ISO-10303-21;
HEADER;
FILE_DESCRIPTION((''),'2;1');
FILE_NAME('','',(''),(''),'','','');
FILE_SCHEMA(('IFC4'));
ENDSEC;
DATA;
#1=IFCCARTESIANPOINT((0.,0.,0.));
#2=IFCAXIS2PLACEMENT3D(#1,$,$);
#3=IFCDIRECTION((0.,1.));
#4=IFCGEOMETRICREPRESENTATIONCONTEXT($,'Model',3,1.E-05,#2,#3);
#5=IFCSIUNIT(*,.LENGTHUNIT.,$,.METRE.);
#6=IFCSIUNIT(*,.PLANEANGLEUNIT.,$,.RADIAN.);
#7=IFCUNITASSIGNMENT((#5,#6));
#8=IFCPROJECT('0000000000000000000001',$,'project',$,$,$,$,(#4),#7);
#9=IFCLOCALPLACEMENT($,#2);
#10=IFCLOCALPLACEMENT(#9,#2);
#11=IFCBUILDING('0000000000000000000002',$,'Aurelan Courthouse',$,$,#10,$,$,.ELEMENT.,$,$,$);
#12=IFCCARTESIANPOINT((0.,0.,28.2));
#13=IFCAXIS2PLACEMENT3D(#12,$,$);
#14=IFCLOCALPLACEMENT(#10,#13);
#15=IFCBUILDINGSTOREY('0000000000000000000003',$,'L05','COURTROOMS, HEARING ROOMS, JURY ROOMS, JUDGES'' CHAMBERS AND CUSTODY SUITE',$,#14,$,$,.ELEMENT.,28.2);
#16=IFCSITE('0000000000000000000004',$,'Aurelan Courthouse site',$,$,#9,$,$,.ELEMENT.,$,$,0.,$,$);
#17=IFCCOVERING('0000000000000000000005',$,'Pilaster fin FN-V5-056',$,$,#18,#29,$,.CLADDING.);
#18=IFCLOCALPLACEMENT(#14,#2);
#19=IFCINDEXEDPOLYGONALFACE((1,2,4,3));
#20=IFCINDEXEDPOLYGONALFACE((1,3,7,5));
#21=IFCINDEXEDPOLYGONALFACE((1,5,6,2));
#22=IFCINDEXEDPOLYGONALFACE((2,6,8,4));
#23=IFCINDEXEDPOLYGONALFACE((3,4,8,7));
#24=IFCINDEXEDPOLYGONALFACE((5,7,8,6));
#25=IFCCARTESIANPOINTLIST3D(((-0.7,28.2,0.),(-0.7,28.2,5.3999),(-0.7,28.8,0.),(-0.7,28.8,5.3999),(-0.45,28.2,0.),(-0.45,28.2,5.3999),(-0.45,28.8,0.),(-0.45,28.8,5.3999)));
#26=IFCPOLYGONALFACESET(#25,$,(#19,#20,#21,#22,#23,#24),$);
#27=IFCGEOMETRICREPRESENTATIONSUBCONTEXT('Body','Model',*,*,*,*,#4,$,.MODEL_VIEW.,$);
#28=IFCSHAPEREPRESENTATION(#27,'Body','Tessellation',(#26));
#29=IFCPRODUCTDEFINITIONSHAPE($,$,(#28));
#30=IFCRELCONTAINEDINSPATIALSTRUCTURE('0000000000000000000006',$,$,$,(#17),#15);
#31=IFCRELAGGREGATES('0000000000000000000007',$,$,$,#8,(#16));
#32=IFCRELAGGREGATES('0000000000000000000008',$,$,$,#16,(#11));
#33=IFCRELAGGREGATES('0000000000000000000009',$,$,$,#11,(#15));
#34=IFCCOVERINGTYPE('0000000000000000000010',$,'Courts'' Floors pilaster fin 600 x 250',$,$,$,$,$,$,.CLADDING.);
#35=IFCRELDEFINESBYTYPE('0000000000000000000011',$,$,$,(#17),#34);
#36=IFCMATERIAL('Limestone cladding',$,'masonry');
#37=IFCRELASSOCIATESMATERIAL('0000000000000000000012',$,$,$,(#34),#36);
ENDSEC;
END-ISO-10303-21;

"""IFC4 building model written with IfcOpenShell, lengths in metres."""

from ifc_helpers import new_model, si_unit, direction, frame, origin, origin_2d, place, context, subcontext, project, spatial, rectangle, extrude, material, type_object, element, save


model = new_model("IFC4")

# Units and contexts
model_context = context("Model", 3, precision=1e-05, world=origin(), true_north=direction((0.0, 1.0)))
body_context = subcontext(model_context, "Body", "Model", "MODEL_VIEW")
ifc_project = project(units=[si_unit("LENGTHUNIT", "METRE"), si_unit("PLANEANGLEUNIT", "RADIAN")], contexts=[model_context])

# Site, building, storey
site_placement = place(None, origin())
site = spatial("IfcSite", under=ifc_project, at=site_placement, Name="Aurelan Courthouse site", CompositionType="ELEMENT", RefElevation=0.0)
building_placement = place(site_placement, origin())
building = spatial("IfcBuilding", under=site, at=building_placement, Name="Aurelan Courthouse", CompositionType="ELEMENT")
storey_placement = place(building_placement, frame((0.0, 0.0, 28.2)))
storey = spatial("IfcBuildingStorey", under=building, at=storey_placement, Name="L05", Description="COURTROOMS, HEARING ROOMS, JURY ROOMS, JUDGES' CHAMBERS AND CUSTODY SUITE", CompositionType="ELEMENT", Elevation=28.2)

# Shared definitions
ifc_material_1 = material(Name="Limestone cladding", Category="masonry")

# Covering
covering_type_1 = type_object("IfcCoveringType", Name="Courts' Floors pilaster fin 600 x 250", PredefinedType="CLADDING", material=ifc_material_1)
covering_1_placement = place(storey_placement, frame((-0.575, 28.5, 0.0), z_axis=(0.0, 0.0, 1.0), x_axis=(1.0, 0.0, 0.0)))
element("IfcCovering", 1, at=covering_1_placement, inside=storey, type_object=covering_type_1, Name="Pilaster fin FN-V5-056", PredefinedType="CLADDING", context=body_context, shape_type="SweptSolid", body=[
    extrude(rectangle(XDim=0.25, YDim=0.6001, at=origin_2d()), origin(), (0.0, 0.0, 1.0), 5.3999),
])

save(model, "model.ifc")
